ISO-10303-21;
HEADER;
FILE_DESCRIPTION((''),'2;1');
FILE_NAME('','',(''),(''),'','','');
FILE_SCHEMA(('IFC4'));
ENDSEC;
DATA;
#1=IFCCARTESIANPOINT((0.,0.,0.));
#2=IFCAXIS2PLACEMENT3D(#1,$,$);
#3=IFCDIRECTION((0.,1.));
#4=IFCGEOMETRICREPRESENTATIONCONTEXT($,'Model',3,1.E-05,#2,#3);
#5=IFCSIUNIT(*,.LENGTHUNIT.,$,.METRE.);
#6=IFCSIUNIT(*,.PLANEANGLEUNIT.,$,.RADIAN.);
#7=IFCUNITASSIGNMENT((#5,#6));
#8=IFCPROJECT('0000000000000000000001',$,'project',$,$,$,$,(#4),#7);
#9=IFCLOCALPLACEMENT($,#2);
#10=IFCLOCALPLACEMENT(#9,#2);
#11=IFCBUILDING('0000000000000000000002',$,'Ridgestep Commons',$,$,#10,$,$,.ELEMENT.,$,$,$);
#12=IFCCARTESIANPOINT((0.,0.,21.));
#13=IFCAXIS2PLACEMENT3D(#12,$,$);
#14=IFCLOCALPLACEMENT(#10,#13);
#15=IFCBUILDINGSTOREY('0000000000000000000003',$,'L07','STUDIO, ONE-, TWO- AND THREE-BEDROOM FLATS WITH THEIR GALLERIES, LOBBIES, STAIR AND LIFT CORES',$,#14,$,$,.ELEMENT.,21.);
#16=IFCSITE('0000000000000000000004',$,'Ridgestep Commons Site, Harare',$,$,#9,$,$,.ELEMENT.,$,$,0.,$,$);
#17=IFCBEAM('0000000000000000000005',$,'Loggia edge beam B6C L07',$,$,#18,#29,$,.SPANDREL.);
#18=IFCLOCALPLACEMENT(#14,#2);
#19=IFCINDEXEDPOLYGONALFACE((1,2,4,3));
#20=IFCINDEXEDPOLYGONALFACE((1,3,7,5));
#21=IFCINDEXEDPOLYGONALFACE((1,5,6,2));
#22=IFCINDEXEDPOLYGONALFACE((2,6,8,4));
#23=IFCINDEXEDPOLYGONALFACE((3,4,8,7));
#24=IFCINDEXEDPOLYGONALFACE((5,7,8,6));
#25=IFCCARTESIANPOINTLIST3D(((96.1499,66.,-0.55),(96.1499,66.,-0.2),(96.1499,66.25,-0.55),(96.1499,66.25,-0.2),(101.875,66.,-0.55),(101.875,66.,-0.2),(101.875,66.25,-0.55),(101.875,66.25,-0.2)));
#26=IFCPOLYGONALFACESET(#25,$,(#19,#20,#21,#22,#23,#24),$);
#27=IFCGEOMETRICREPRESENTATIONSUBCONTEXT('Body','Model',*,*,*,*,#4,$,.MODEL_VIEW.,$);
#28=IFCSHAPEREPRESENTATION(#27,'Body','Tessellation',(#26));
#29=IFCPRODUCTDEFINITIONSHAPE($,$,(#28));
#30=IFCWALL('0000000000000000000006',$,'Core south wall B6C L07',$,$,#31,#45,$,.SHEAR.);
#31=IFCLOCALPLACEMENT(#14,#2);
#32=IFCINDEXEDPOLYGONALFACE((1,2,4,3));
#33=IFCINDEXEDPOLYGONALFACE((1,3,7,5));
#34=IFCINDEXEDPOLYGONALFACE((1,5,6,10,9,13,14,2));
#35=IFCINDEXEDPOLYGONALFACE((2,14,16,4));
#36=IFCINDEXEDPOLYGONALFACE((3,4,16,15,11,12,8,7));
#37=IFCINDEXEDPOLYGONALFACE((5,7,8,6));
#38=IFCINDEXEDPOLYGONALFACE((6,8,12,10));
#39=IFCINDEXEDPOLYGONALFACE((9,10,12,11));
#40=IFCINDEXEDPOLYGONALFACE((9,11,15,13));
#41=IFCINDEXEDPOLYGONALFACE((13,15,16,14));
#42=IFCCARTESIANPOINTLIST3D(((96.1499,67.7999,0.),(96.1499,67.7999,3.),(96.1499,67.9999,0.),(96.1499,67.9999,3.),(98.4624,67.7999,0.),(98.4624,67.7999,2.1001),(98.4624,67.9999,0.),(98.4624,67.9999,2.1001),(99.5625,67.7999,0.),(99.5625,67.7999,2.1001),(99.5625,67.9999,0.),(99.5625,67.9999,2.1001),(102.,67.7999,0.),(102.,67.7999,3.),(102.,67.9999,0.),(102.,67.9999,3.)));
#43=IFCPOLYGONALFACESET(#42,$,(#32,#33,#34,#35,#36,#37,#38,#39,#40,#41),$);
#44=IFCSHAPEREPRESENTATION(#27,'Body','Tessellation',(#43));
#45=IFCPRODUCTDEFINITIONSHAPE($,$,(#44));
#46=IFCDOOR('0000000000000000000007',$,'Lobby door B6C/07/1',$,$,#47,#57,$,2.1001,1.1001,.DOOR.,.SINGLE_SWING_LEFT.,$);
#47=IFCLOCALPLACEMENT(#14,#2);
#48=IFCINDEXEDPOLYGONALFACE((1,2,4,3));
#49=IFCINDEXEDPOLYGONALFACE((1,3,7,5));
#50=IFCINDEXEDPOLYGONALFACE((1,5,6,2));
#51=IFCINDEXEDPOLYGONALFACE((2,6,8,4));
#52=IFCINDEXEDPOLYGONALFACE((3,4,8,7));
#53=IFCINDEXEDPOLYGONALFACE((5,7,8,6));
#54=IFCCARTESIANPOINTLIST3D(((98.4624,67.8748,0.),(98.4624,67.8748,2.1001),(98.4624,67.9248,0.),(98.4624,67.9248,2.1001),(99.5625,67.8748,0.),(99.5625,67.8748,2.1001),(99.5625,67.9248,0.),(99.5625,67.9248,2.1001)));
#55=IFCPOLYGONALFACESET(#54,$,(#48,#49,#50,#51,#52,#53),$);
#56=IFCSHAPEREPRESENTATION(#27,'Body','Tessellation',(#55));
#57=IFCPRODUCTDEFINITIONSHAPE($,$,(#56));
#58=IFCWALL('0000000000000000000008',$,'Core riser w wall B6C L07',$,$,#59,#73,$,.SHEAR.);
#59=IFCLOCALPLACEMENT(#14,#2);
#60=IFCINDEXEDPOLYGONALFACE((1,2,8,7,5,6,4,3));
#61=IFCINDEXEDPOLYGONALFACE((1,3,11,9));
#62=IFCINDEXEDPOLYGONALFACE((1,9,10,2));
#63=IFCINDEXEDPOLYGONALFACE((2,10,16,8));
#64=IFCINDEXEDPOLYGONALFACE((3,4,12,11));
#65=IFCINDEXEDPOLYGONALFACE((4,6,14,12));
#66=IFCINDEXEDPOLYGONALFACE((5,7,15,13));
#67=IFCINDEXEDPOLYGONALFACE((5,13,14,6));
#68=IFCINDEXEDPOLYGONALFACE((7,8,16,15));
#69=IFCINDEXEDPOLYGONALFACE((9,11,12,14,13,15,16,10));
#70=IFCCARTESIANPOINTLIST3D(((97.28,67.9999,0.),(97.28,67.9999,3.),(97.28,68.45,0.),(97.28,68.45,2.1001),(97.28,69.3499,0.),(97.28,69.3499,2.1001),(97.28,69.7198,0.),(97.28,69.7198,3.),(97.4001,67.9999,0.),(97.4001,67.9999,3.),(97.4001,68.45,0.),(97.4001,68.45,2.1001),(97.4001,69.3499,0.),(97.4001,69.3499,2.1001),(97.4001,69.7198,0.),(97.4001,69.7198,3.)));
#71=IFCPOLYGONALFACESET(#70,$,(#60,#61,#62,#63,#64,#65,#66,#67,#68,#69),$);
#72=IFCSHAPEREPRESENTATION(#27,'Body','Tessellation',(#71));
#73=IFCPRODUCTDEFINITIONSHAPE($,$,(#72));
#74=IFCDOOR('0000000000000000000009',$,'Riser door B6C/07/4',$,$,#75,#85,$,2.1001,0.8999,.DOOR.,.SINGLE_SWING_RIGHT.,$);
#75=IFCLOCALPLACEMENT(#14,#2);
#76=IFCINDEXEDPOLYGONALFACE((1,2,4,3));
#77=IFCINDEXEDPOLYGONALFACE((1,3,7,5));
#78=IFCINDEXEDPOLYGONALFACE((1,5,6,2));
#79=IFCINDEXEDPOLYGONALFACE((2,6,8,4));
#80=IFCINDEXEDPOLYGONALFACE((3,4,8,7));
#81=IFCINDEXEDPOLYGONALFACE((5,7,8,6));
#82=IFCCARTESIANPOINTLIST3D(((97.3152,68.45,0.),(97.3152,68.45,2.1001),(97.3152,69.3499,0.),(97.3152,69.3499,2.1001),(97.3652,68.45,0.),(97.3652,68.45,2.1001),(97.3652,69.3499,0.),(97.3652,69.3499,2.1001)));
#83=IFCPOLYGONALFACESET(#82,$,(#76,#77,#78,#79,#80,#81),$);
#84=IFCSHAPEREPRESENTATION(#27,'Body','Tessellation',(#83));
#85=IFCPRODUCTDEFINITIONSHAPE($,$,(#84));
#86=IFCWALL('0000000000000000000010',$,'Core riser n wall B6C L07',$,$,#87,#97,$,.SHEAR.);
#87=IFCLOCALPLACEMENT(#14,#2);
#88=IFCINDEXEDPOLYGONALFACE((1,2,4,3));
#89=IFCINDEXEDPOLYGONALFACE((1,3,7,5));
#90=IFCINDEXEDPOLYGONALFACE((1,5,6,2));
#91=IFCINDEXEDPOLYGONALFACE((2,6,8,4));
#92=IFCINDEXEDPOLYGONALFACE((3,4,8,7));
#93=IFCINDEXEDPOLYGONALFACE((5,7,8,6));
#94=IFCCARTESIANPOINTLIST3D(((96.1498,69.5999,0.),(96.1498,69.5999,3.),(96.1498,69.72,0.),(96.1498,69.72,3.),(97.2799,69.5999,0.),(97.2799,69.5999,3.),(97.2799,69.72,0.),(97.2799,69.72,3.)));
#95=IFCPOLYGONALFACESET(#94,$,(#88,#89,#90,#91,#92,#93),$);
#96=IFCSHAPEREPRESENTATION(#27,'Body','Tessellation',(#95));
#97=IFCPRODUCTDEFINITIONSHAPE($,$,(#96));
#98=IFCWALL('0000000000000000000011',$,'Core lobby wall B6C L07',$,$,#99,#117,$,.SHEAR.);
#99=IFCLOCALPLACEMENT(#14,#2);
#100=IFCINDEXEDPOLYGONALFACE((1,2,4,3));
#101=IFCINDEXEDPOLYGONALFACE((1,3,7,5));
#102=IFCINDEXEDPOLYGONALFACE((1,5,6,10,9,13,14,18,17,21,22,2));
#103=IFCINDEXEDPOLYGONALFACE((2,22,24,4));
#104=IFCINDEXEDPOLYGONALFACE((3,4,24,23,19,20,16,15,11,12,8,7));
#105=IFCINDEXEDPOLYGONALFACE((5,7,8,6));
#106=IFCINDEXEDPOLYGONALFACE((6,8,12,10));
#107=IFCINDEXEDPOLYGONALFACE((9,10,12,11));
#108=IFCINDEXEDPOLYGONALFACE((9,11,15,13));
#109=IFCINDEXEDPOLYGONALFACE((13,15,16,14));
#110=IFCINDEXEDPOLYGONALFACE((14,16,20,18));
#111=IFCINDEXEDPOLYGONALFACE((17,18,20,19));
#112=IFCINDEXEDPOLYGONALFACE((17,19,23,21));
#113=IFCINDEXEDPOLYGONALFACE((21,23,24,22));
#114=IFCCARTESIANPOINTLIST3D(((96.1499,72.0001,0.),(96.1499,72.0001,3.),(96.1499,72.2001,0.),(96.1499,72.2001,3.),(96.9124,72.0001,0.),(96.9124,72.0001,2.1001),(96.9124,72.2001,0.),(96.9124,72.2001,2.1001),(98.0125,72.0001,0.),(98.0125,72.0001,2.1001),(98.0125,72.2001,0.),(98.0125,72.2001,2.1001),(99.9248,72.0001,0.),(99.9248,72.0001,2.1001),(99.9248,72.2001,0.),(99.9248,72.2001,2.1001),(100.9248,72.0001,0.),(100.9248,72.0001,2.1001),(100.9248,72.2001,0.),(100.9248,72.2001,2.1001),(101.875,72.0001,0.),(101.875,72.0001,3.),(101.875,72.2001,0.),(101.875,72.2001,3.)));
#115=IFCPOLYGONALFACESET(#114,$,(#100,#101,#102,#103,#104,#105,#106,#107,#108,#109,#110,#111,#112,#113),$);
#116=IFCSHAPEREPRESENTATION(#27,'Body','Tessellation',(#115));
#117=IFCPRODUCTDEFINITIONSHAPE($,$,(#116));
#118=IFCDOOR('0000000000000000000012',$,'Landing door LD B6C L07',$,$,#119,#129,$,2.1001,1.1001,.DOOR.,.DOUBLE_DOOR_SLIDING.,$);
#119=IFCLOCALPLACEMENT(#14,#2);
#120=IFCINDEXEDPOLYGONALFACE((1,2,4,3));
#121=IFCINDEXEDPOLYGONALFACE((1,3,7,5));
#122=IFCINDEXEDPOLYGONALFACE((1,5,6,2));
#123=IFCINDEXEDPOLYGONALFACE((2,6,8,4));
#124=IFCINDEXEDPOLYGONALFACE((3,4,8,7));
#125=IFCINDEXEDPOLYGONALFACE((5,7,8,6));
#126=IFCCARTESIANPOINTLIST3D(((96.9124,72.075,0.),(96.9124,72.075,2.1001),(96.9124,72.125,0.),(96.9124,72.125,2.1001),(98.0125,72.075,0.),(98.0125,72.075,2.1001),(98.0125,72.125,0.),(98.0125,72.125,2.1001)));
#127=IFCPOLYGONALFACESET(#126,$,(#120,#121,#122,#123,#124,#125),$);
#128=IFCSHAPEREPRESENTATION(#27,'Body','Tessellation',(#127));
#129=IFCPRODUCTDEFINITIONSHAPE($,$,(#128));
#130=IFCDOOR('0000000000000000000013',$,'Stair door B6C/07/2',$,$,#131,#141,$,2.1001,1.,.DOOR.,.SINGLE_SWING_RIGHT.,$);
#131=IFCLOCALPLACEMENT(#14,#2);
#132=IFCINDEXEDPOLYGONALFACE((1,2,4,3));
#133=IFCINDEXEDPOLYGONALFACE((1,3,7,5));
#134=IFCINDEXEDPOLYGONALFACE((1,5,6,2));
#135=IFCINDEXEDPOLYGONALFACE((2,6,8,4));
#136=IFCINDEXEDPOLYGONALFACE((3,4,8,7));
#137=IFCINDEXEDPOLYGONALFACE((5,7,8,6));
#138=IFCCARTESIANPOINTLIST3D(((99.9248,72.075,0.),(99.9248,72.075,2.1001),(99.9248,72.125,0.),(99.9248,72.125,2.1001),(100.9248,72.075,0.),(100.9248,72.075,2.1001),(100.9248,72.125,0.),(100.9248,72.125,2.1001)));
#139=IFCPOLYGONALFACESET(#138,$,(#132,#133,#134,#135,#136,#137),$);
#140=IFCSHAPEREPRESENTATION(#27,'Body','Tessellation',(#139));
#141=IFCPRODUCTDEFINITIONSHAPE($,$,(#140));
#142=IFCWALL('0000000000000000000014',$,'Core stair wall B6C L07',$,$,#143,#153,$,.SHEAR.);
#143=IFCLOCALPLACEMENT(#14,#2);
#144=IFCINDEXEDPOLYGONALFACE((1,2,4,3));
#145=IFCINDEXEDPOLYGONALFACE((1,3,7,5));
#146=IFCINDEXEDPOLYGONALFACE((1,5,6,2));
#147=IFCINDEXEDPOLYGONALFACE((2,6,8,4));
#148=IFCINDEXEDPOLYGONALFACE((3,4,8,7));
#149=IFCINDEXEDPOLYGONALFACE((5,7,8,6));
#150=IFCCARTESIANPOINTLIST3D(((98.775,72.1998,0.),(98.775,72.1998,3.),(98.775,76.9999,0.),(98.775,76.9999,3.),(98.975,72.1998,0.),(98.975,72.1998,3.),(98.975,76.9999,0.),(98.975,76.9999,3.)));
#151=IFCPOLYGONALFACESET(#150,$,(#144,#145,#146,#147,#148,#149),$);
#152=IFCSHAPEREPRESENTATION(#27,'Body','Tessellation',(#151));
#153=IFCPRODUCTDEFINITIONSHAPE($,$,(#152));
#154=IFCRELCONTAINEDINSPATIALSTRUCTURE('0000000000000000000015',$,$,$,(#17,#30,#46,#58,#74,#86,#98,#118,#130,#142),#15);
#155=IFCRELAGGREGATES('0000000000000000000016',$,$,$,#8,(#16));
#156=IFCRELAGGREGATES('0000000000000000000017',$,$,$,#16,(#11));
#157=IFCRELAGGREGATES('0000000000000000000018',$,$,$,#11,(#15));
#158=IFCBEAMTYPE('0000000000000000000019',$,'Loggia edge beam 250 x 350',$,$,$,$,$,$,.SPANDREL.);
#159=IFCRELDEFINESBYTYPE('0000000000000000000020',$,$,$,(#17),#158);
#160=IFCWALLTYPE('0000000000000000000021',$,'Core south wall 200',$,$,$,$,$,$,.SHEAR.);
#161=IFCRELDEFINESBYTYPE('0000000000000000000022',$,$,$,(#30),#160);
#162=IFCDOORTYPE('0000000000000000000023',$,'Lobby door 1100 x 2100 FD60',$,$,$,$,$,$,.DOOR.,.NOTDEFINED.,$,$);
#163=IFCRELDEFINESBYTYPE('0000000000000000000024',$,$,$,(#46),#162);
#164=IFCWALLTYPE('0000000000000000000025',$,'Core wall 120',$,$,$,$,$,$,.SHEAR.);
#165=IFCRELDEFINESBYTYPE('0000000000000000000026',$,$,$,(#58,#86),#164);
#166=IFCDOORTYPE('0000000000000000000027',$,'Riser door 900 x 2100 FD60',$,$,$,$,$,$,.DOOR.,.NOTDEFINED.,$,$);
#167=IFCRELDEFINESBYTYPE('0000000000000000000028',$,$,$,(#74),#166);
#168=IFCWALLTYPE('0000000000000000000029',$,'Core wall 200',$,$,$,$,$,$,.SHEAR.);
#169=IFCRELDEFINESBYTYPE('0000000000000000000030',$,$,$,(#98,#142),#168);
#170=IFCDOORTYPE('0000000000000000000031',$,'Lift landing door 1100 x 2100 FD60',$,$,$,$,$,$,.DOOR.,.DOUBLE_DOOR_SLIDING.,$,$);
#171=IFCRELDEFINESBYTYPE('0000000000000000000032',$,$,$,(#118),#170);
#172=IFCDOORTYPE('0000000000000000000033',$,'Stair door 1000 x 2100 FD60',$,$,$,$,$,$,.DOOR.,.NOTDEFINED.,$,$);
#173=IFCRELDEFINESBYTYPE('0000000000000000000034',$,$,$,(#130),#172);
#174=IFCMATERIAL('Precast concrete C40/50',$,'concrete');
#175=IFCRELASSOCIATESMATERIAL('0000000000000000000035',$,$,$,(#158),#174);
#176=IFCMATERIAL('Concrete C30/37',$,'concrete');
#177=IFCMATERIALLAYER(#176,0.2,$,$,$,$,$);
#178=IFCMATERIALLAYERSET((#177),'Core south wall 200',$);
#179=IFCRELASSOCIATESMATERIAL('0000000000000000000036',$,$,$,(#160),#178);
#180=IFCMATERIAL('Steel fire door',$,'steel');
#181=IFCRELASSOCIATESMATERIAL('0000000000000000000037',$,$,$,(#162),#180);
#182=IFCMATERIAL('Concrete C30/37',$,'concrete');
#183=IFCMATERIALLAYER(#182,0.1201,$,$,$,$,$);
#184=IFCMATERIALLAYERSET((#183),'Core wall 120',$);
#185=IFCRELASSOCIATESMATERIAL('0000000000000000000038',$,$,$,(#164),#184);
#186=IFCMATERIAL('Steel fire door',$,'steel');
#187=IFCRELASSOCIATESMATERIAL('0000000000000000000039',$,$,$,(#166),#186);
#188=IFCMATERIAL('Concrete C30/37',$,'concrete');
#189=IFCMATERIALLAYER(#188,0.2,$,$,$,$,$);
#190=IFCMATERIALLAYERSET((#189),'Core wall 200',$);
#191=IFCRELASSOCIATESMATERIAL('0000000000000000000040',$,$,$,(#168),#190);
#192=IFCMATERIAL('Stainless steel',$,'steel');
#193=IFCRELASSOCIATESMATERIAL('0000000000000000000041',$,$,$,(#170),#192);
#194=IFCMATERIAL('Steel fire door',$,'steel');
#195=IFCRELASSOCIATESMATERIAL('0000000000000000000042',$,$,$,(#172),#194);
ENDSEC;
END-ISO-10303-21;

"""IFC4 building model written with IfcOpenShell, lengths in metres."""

from ifc_helpers import new_model, si_unit, direction, frame, frame_2d, origin, origin_2d, place, context, subcontext, project, spatial, rectangle, extrude, material, layer, layer_set, material_profile, profile_set, type_object, element, fill, save


model = new_model("IFC4")

# Units and contexts
model_context = context("Model", 3, precision=1e-05, world=origin(), true_north=direction((0.0, 1.0)))
body_context = subcontext(model_context, "Body", "Model", "MODEL_VIEW")
ifc_project = project(units=[si_unit("LENGTHUNIT", "METRE"), si_unit("PLANEANGLEUNIT", "RADIAN")], contexts=[model_context])

# Site, building, storey
site_placement = place(None, origin())
site = spatial("IfcSite", under=ifc_project, at=site_placement, Name="Ridgestep Commons Site, Harare", CompositionType="ELEMENT", RefElevation=0.0)
building_placement = place(site_placement, origin())
building = spatial("IfcBuilding", under=site, at=building_placement, Name="Ridgestep Commons", CompositionType="ELEMENT")
storey_placement = place(building_placement, frame((0.0, 0.0, 21.0)))
storey = spatial("IfcBuildingStorey", under=building, at=storey_placement, Name="L07", Description="STUDIO, ONE-, TWO- AND THREE-BEDROOM FLATS WITH THEIR GALLERIES, LOBBIES, STAIR AND LIFT CORES", CompositionType="ELEMENT", Elevation=21.0)

# Beam
ifc_material_1 = material(Name="Precast concrete C40/50", Category="concrete")
ifc_material_profile = material_profile(ifc_material_1, rectangle(XDim=0.25, YDim=0.3501, at=origin_2d()), Name="PC 250x350")
ifc_profile_set = profile_set([ifc_material_profile], Name="Precast concrete C40/50")
beam_type = type_object("IfcBeamType", Name="Loggia edge beam 250 x 350", PredefinedType="SPANDREL", material=ifc_profile_set)
beam_placement = place(storey_placement, frame((96.1499, 66.125, -0.375), z_axis=(1.0, 0.0, 0.0), x_axis=(0.0, 1.0, 0.0)))
element("IfcBeam", 1, at=beam_placement, inside=storey, type_object=beam_type, Name="Loggia edge beam B6C L07", PredefinedType="SPANDREL", context=body_context, shape_type="SweptSolid", body=[
    extrude(rectangle(XDim=0.25, YDim=0.3501, at=origin_2d()), origin(), (0.0, 0.0, 1.0), 5.7251),
])

# Walls, openings, doors
ifc_material_2 = material(Name="Concrete C30/37", Category="concrete")
ifc_layer_1 = layer(ifc_material_2, 0.2)
ifc_layer_set_1 = layer_set([ifc_layer_1], Name="Core south wall 200")
wall_type_1 = type_object("IfcWallType", Name="Core south wall 200", PredefinedType="SHEAR", material=ifc_layer_set_1)
wall_1_placement = place(storey_placement, frame((96.1499, 67.8999, 0.0), z_axis=(0.0, 0.0, 1.0), x_axis=(1.0, 0.0, 0.0)))
wall_1 = element("IfcWall", 2, at=wall_1_placement, inside=storey, type_object=wall_type_1, Name="Core south wall B6C L07", PredefinedType="SHEAR", context=body_context, shape_type="SweptSolid", body=[
    extrude(rectangle(XDim=5.8501, YDim=0.2, at=frame_2d((2.925, 0.0))), origin(), (0.0, 0.0, 1.0), 3.0),
])
opening_1_placement = place(wall_1_placement, frame((2.3125, 0.0, 0.0)))
opening_1 = element("IfcOpeningElement", 3, at=opening_1_placement, cuts=wall_1, PredefinedType="OPENING", context=body_context, shape_type="SweptSolid", body=[
    extrude(rectangle(XDim=1.1001, YDim=2.1001, at=frame_2d((0.55, 1.05))), frame((0.0, 0.1099, 0.0), z_axis=(0.0, -1.0, 0.0), x_axis=(1.0, 0.0, 0.0)), (0.0, 0.0, 1.0), 0.22),
])
ifc_material_3 = material(Name="Steel fire door", Category="steel")
door_type_1 = type_object("IfcDoorType", Name="Lobby door 1100 x 2100 FD60", OperationType="NOTDEFINED", PredefinedType="DOOR", material=ifc_material_3)
door_1_placement = place(opening_1_placement, origin())
door_1 = element("IfcDoor", 4, at=door_1_placement, inside=storey, type_object=door_type_1, Name="Lobby door B6C/07/1", OperationType="SINGLE_SWING_LEFT", OverallHeight=2.1001, OverallWidth=1.1001, PredefinedType="DOOR", context=body_context, shape_type="SweptSolid", body=[
    extrude(rectangle(XDim=1.1001, YDim=2.1001, at=frame_2d((0.55, 1.05))), frame((0.0, 0.0249, 0.0), z_axis=(0.0, -1.0, 0.0), x_axis=(1.0, 0.0, 0.0)), (0.0, 0.0, 1.0), 0.05),
])
fill(opening_1, door_1)
ifc_material_4 = material(Name="Concrete C30/37", Category="concrete")
ifc_layer_2 = layer(ifc_material_4, 0.1201)
ifc_layer_set_2 = layer_set([ifc_layer_2], Name="Core wall 120")
wall_type_2 = type_object("IfcWallType", Name="Core wall 120", PredefinedType="SHEAR", material=ifc_layer_set_2)
wall_2_placement = place(storey_placement, frame((97.3401, 68.0, 0.0), z_axis=(0.0, 0.0, 1.0), x_axis=(0.0, 1.0, 0.0)))
wall_2 = element("IfcWall", 5, at=wall_2_placement, inside=storey, type_object=wall_type_2, Name="Core riser w wall B6C L07", PredefinedType="SHEAR", context=body_context, shape_type="SweptSolid", body=[
    extrude(rectangle(XDim=1.72, YDim=0.1201, at=frame_2d((0.8599, 0.0))), origin(), (0.0, 0.0, 1.0), 3.0),
])
opening_2_placement = place(wall_2_placement, frame((0.45, 0.0, 0.0)))
opening_2 = element("IfcOpeningElement", 6, at=opening_2_placement, cuts=wall_2, PredefinedType="OPENING", context=body_context, shape_type="SweptSolid", body=[
    extrude(rectangle(XDim=0.8999, YDim=2.1001, at=frame_2d((0.45, 1.05))), frame((0.0, 0.0701, 0.0), z_axis=(0.0, -1.0, 0.0), x_axis=(1.0, 0.0, 0.0)), (0.0, 0.0, 1.0), 0.1401),
])
ifc_material_5 = material(Name="Steel fire door", Category="steel")
door_type_2 = type_object("IfcDoorType", Name="Riser door 900 x 2100 FD60", OperationType="NOTDEFINED", PredefinedType="DOOR", material=ifc_material_5)
door_2_placement = place(opening_2_placement, origin())
door_2 = element("IfcDoor", 7, at=door_2_placement, inside=storey, type_object=door_type_2, Name="Riser door B6C/07/4", OperationType="SINGLE_SWING_RIGHT", OverallHeight=2.1001, OverallWidth=0.8999, PredefinedType="DOOR", context=body_context, shape_type="SweptSolid", body=[
    extrude(rectangle(XDim=0.8999, YDim=2.1001, at=frame_2d((0.45, 1.05))), frame((0.0, 0.0249, 0.0), z_axis=(0.0, -1.0, 0.0), x_axis=(1.0, 0.0, 0.0)), (0.0, 0.0, 1.0), 0.05),
])
fill(opening_2, door_2)

# Wall
wall_3_placement = place(storey_placement, frame((96.1499, 69.6599, 0.0), z_axis=(0.0, 0.0, 1.0), x_axis=(1.0, 0.0, 0.0)))
element("IfcWall", 8, at=wall_3_placement, inside=storey, type_object=wall_type_2, Name="Core riser n wall B6C L07", PredefinedType="SHEAR", context=body_context, shape_type="SweptSolid", body=[
    extrude(rectangle(XDim=1.1301, YDim=0.1201, at=frame_2d((0.5649, 0.0))), origin(), (0.0, 0.0, 1.0), 3.0),
])

# Wall, openings, doors
ifc_material_6 = material(Name="Concrete C30/37", Category="concrete")
ifc_layer_3 = layer(ifc_material_6, 0.2)
ifc_layer_set_3 = layer_set([ifc_layer_3], Name="Core wall 200")
wall_type_3 = type_object("IfcWallType", Name="Core wall 200", PredefinedType="SHEAR", material=ifc_layer_set_3)
wall_4_placement = place(storey_placement, frame((96.1499, 72.1001, 0.0), z_axis=(0.0, 0.0, 1.0), x_axis=(1.0, 0.0, 0.0)))
wall_4 = element("IfcWall", 9, at=wall_4_placement, inside=storey, type_object=wall_type_3, Name="Core lobby wall B6C L07", PredefinedType="SHEAR", context=body_context, shape_type="SweptSolid", body=[
    extrude(rectangle(XDim=5.7251, YDim=0.2, at=frame_2d((2.8625, 0.0))), origin(), (0.0, 0.0, 1.0), 3.0),
])
opening_3_placement = place(wall_4_placement, frame((3.7749, 0.0, 0.0)))
opening_3 = element("IfcOpeningElement", 10, at=opening_3_placement, cuts=wall_4, PredefinedType="OPENING", context=body_context, shape_type="SweptSolid", body=[
    extrude(rectangle(XDim=1.0, YDim=2.1001, at=frame_2d((0.5, 1.05))), frame((0.0, 0.1099, 0.0), z_axis=(0.0, -1.0, 0.0), x_axis=(1.0, 0.0, 0.0)), (0.0, 0.0, 1.0), 0.22),
])
opening_4_placement = place(wall_4_placement, frame((0.7625, 0.0, 0.0)))
opening_4 = element("IfcOpeningElement", 11, at=opening_4_placement, cuts=wall_4, PredefinedType="OPENING", context=body_context, shape_type="SweptSolid", body=[
    extrude(rectangle(XDim=1.1001, YDim=2.1001, at=frame_2d((0.55, 1.05))), frame((0.0, 0.1099, 0.0), z_axis=(0.0, -1.0, 0.0), x_axis=(1.0, 0.0, 0.0)), (0.0, 0.0, 1.0), 0.22),
])
ifc_material_7 = material(Name="Stainless steel", Category="steel")
door_type_3 = type_object("IfcDoorType", Name="Lift landing door 1100 x 2100 FD60", OperationType="DOUBLE_DOOR_SLIDING", PredefinedType="DOOR", material=ifc_material_7)
door_3_placement = place(opening_4_placement, origin())
door_3 = element("IfcDoor", 12, at=door_3_placement, inside=storey, type_object=door_type_3, Name="Landing door LD B6C L07", OperationType="DOUBLE_DOOR_SLIDING", OverallHeight=2.1001, OverallWidth=1.1001, PredefinedType="DOOR", context=body_context, shape_type="SweptSolid", body=[
    extrude(rectangle(XDim=1.1001, YDim=2.1001, at=frame_2d((0.55, 1.05))), frame((0.0, 0.0249, 0.0), z_axis=(0.0, -1.0, 0.0), x_axis=(1.0, 0.0, 0.0)), (0.0, 0.0, 1.0), 0.05),
])
fill(opening_4, door_3)
ifc_material_8 = material(Name="Steel fire door", Category="steel")
door_type_4 = type_object("IfcDoorType", Name="Stair door 1000 x 2100 FD60", OperationType="NOTDEFINED", PredefinedType="DOOR", material=ifc_material_8)
door_4_placement = place(opening_3_placement, origin())
door_4 = element("IfcDoor", 13, at=door_4_placement, inside=storey, type_object=door_type_4, Name="Stair door B6C/07/2", OperationType="SINGLE_SWING_RIGHT", OverallHeight=2.1001, OverallWidth=1.0, PredefinedType="DOOR", context=body_context, shape_type="SweptSolid", body=[
    extrude(rectangle(XDim=1.0, YDim=2.1001, at=frame_2d((0.5, 1.05))), frame((0.0, 0.0249, 0.0), z_axis=(0.0, -1.0, 0.0), x_axis=(1.0, 0.0, 0.0)), (0.0, 0.0, 1.0), 0.05),
])
fill(opening_3, door_4)

# Wall
wall_5_placement = place(storey_placement, frame((98.875, 72.2, 0.0), z_axis=(0.0, 0.0, 1.0), x_axis=(0.0, 1.0, 0.0)))
element("IfcWall", 14, at=wall_5_placement, inside=storey, type_object=wall_type_3, Name="Core stair wall B6C L07", PredefinedType="SHEAR", context=body_context, shape_type="SweptSolid", body=[
    extrude(rectangle(XDim=4.8, YDim=0.2, at=frame_2d((2.3999, 0.0))), origin(), (0.0, 0.0, 1.0), 3.0),
])

save(model, "model.ifc")
